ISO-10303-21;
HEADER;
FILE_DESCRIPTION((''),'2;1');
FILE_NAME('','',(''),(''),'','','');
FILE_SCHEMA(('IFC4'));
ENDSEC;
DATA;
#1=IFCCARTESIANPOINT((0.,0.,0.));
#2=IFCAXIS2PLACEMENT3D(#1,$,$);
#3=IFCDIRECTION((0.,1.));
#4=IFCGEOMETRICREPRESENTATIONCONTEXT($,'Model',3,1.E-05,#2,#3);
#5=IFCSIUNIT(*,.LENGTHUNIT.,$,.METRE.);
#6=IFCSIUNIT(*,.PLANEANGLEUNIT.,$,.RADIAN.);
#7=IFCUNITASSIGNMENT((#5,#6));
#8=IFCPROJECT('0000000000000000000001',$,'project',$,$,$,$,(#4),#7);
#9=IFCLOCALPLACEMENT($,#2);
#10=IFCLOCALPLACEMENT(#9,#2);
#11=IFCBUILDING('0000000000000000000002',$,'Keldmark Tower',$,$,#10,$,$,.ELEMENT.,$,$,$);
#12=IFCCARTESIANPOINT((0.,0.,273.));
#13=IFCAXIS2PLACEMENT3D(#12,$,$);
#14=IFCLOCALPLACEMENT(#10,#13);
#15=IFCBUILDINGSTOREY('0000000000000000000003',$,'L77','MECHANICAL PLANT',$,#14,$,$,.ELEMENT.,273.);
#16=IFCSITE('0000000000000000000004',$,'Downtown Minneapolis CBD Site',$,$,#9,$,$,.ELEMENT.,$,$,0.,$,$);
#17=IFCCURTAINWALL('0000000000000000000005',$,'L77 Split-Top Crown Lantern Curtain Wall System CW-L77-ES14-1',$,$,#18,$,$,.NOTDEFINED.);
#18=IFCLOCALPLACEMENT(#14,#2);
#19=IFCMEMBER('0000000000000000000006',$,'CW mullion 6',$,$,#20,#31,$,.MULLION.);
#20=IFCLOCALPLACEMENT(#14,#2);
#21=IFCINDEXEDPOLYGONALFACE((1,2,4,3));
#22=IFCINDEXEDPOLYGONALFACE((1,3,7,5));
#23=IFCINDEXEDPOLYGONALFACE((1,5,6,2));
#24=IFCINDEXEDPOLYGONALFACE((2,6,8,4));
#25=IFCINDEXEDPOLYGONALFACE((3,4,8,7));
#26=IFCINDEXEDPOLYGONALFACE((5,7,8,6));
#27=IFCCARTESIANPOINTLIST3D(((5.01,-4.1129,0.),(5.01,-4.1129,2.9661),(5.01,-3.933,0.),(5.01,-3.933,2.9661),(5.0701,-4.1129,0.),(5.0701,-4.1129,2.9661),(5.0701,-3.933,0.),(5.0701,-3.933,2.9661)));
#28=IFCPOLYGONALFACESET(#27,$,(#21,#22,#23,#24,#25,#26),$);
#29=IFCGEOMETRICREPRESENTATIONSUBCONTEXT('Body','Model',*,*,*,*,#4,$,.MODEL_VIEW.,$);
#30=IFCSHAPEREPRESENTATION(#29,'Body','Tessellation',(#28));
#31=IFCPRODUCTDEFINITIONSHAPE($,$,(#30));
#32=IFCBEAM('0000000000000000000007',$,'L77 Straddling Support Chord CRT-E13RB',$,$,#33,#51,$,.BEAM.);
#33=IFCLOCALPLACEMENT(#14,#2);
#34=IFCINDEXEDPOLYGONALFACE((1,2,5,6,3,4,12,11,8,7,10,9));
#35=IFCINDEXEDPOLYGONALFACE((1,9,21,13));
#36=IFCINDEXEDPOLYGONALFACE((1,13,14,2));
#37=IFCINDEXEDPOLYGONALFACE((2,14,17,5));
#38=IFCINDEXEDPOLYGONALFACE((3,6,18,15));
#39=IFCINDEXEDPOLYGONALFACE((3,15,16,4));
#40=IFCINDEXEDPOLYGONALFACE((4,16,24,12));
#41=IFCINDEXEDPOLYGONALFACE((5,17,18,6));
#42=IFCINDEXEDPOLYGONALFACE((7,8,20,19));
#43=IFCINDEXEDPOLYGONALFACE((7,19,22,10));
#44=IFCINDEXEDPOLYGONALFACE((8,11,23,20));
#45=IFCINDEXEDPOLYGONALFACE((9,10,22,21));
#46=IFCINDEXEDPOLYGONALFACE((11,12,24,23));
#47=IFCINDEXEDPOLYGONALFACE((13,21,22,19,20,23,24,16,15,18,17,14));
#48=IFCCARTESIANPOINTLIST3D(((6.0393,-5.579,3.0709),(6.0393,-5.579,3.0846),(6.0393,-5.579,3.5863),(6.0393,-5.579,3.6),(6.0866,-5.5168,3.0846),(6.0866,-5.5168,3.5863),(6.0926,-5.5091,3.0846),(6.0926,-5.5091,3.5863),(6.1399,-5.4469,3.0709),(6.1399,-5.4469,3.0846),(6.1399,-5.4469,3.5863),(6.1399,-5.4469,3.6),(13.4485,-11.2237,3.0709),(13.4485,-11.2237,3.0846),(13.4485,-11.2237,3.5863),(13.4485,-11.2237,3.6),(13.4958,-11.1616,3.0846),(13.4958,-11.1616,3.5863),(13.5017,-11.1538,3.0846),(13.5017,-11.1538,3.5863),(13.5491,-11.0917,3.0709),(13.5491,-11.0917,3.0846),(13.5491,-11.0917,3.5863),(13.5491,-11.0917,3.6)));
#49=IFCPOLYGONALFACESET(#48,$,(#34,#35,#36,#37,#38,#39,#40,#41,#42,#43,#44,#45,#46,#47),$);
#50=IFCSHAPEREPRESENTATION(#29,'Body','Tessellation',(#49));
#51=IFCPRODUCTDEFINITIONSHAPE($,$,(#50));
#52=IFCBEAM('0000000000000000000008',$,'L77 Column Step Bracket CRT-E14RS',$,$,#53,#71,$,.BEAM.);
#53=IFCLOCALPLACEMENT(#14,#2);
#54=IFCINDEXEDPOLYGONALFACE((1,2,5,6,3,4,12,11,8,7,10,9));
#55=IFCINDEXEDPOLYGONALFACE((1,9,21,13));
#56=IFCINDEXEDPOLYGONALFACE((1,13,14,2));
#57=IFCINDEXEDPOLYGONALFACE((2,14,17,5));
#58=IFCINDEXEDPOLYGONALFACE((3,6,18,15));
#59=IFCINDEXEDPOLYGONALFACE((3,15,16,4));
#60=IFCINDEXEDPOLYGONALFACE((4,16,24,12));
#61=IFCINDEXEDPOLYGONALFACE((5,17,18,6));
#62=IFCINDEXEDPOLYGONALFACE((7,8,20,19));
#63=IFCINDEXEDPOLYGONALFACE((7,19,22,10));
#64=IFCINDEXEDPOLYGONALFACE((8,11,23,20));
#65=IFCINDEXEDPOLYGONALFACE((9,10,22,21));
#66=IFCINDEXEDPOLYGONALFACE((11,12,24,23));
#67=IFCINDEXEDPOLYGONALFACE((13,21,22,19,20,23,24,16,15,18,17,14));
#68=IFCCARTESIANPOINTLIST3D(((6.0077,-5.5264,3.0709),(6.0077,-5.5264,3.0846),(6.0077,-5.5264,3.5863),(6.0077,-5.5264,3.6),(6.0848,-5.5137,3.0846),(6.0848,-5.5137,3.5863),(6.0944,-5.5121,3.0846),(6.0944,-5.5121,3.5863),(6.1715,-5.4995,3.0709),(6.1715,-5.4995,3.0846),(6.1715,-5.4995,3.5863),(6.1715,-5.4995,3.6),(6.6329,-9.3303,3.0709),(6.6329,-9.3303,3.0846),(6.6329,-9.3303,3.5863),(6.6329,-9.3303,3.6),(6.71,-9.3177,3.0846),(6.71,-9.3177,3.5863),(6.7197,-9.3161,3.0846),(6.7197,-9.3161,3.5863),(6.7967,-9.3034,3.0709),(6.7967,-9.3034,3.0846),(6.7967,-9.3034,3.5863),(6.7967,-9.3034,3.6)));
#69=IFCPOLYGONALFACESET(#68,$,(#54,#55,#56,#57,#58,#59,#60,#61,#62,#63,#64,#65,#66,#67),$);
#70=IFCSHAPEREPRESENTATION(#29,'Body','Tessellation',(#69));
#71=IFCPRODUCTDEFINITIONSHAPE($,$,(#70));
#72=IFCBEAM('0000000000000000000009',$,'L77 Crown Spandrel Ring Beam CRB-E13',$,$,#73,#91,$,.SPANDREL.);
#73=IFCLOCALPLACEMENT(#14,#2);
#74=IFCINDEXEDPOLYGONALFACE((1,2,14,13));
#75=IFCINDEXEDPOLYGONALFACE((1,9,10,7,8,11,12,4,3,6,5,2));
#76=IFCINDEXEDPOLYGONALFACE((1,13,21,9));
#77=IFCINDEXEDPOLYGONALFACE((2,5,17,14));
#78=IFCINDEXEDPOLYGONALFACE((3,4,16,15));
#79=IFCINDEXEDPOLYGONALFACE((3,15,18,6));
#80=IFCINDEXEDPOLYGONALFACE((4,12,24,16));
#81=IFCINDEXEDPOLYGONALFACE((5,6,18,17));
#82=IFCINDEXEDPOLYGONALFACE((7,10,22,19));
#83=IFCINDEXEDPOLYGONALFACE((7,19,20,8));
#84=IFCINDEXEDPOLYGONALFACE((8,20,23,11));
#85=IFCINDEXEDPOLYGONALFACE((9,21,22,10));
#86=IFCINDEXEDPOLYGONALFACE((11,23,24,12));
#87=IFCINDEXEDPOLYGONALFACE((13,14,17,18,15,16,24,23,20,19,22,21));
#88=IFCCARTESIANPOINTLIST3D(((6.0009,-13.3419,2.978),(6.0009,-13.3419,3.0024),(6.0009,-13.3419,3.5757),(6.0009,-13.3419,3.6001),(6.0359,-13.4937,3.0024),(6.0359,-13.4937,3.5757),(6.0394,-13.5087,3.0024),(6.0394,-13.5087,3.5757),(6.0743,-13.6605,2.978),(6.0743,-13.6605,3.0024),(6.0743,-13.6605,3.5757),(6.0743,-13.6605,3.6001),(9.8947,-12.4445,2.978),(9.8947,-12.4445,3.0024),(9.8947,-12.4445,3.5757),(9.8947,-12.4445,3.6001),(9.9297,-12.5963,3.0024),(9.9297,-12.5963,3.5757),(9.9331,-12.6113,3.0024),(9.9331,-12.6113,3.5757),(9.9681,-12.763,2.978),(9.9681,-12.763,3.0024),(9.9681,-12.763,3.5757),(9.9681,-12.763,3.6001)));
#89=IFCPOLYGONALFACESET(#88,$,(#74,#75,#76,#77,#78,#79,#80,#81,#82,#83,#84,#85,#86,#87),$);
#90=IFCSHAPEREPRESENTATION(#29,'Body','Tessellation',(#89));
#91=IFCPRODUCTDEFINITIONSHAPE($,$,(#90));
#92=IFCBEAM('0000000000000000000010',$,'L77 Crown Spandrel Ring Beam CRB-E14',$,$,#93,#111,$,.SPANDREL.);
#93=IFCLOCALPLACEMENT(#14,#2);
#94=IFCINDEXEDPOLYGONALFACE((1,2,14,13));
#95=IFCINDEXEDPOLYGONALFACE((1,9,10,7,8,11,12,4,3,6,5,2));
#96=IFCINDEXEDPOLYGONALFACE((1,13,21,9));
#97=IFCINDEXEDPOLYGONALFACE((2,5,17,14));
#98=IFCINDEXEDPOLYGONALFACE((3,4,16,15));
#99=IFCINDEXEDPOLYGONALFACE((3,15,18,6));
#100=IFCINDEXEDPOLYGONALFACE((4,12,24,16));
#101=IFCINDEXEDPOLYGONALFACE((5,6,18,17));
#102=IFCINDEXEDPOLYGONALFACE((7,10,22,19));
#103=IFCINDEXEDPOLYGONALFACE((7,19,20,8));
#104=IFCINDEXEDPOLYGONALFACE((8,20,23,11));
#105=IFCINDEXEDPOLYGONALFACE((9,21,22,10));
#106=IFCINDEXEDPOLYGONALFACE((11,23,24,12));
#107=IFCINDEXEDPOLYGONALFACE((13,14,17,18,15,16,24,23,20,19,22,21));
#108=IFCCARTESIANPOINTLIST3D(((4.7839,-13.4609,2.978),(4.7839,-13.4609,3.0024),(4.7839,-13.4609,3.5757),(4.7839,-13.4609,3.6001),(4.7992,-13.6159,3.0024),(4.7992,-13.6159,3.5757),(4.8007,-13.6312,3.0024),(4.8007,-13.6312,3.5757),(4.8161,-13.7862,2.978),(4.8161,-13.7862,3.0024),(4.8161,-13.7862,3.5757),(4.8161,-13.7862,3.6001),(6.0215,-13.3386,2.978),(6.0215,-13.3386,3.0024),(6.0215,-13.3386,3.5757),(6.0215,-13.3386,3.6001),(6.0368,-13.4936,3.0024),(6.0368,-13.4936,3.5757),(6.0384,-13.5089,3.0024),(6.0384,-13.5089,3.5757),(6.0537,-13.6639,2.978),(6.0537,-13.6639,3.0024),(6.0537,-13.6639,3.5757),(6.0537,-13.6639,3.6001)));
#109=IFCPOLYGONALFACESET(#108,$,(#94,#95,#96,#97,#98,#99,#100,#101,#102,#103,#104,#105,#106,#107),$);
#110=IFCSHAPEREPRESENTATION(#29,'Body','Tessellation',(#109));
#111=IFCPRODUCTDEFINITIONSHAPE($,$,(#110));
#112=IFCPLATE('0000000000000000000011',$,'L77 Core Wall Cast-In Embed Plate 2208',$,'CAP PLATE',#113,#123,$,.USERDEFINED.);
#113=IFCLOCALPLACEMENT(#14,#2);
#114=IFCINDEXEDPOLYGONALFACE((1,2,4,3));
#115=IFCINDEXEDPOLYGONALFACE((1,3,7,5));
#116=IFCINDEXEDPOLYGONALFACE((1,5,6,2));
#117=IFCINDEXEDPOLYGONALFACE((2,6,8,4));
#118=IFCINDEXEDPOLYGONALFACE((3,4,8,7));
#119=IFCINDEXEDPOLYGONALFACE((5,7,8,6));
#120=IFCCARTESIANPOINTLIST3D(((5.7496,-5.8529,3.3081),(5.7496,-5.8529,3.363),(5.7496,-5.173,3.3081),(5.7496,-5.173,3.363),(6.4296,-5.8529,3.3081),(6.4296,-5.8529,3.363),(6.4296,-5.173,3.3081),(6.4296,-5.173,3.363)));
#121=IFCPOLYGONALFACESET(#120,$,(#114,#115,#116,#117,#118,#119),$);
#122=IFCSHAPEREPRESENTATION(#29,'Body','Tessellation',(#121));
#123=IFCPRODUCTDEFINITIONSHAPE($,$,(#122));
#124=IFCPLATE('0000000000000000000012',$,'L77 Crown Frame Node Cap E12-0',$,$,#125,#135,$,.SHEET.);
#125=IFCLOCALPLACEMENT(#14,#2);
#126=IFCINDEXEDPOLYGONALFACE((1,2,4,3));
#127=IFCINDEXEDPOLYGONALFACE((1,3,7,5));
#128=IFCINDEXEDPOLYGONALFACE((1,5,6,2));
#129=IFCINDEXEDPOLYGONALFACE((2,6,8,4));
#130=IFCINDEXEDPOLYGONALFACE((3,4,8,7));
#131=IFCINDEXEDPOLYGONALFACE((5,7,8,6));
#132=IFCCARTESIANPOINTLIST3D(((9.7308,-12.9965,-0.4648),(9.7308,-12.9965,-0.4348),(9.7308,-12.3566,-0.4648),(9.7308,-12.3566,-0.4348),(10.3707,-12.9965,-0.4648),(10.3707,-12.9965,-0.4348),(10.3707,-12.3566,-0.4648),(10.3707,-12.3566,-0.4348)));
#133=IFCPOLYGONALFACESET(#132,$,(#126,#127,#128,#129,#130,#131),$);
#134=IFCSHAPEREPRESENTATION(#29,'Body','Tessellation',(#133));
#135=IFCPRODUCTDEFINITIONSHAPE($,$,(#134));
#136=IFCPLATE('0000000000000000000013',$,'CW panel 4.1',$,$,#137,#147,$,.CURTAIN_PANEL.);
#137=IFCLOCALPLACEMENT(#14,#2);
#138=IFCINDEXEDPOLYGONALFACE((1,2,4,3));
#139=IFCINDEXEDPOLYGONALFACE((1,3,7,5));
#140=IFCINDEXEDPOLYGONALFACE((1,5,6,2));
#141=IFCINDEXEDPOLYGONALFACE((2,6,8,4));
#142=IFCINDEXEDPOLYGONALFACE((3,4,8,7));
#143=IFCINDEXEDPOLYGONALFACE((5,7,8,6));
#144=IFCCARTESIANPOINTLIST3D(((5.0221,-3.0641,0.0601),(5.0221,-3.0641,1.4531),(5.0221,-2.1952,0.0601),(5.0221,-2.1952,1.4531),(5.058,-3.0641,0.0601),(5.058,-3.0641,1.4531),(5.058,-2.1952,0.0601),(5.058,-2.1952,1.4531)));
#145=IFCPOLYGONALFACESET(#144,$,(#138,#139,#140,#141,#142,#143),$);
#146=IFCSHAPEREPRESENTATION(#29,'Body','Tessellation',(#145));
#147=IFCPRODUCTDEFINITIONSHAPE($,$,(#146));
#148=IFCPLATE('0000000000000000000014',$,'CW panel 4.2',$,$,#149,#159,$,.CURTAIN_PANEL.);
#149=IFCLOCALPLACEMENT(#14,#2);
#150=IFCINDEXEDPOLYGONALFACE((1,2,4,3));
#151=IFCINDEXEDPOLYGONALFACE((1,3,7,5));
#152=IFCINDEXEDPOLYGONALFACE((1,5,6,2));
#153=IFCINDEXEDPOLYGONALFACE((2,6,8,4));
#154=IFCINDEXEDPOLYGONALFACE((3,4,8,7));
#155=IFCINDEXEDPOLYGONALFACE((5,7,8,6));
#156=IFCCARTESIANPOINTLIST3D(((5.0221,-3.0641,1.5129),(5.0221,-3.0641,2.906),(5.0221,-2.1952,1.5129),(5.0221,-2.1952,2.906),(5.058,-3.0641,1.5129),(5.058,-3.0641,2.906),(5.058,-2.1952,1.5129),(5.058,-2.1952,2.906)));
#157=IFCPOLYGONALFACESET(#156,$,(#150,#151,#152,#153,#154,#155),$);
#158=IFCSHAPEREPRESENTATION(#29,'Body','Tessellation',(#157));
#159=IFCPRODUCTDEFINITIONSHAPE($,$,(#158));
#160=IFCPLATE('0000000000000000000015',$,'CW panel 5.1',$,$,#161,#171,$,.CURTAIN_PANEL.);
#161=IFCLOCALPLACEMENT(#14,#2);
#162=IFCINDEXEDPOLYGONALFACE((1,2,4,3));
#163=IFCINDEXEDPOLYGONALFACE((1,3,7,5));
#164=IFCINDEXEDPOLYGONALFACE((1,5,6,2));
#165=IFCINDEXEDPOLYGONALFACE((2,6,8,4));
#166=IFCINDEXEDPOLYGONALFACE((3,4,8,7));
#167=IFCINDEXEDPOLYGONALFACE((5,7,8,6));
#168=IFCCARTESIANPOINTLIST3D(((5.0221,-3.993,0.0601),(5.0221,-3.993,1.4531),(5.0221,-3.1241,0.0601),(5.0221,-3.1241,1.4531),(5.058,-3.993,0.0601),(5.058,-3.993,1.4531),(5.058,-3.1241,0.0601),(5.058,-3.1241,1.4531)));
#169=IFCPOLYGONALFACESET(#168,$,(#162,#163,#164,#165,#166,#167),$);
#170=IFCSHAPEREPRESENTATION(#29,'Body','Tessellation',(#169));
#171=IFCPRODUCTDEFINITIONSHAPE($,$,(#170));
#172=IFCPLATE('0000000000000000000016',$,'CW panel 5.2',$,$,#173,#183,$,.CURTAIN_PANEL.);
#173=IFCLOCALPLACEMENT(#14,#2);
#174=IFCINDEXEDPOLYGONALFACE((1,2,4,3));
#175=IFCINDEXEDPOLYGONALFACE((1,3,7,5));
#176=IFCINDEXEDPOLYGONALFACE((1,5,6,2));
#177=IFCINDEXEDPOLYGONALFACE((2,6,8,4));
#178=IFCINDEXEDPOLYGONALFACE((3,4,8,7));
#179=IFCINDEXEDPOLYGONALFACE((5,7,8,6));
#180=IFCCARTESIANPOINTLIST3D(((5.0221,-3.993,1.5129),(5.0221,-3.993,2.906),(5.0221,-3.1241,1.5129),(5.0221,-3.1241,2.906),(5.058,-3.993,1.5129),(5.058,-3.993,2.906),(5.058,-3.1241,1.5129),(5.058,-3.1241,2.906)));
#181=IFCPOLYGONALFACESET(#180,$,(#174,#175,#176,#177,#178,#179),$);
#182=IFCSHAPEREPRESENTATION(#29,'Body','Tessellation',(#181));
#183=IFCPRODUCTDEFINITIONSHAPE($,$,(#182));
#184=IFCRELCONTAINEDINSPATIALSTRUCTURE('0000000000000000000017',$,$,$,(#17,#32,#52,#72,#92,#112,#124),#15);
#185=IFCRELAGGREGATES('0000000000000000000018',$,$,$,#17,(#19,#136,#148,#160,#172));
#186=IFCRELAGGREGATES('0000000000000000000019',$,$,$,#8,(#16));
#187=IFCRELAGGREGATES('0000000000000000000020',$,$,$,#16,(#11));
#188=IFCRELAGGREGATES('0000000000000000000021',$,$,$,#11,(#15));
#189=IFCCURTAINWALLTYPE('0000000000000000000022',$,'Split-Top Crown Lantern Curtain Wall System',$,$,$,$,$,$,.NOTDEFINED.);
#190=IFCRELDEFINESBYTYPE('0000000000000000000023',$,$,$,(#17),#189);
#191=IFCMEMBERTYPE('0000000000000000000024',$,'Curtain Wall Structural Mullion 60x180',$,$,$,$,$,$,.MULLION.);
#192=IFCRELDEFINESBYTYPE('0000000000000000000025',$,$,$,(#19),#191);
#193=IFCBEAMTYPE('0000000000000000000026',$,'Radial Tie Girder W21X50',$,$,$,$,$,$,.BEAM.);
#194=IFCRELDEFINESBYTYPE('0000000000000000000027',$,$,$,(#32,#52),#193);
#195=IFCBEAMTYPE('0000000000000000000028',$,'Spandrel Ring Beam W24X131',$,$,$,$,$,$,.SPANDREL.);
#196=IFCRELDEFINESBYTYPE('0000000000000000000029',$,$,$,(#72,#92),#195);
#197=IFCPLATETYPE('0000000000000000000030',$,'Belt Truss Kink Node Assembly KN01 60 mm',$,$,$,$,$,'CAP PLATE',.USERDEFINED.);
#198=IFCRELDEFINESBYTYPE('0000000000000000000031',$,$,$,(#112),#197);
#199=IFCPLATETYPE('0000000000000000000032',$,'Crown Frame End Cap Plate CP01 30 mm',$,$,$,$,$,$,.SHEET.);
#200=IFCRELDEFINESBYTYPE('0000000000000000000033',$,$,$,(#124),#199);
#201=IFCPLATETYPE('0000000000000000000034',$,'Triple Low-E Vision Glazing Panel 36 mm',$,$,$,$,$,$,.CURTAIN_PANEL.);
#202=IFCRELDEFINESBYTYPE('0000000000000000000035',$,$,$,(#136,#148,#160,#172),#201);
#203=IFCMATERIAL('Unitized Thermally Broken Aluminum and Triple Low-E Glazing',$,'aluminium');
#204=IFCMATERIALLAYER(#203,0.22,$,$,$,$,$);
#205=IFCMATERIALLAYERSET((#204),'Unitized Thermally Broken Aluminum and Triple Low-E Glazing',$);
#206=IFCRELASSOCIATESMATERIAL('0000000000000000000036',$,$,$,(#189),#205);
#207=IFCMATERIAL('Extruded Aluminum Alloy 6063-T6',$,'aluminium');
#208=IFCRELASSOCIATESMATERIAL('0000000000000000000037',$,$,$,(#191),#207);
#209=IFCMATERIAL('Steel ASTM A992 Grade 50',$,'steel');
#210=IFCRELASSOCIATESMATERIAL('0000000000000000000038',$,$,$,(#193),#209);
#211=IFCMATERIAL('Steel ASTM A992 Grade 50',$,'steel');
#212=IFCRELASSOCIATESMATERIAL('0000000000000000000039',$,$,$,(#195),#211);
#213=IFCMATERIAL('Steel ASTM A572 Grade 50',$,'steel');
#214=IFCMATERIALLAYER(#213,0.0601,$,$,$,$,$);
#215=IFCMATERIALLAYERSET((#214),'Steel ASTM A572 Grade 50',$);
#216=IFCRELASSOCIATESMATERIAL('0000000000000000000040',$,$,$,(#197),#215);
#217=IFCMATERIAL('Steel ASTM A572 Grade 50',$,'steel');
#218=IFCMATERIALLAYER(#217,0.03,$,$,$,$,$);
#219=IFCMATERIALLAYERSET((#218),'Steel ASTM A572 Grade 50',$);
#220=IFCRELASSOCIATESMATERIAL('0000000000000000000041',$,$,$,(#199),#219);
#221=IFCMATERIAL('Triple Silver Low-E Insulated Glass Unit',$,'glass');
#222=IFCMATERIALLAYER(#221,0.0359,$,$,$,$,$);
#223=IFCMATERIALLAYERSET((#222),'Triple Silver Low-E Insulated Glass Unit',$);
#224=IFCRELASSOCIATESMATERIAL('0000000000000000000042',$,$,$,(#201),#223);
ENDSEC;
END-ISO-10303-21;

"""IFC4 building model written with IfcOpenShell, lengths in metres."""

from ifc_helpers import new_model, si_unit, direction, frame, origin, origin_2d, place, context, subcontext, project, spatial, rectangle, i_section, extrude, material, layer, layer_set, material_profile, profile_set, type_object, element, aggregate, save


model = new_model("IFC4")

# Units and contexts
model_context = context("Model", 3, precision=1e-05, world=origin(), true_north=direction((0.0, 1.0)))
body_context = subcontext(model_context, "Body", "Model", "MODEL_VIEW")
ifc_project = project(units=[si_unit("LENGTHUNIT", "METRE"), si_unit("PLANEANGLEUNIT", "RADIAN")], contexts=[model_context])

# Site, building, storey
site_placement = place(None, origin())
site = spatial("IfcSite", under=ifc_project, at=site_placement, Name="Downtown Minneapolis CBD Site", CompositionType="ELEMENT", RefElevation=0.0)
building_placement = place(site_placement, origin())
building = spatial("IfcBuilding", under=site, at=building_placement, Name="Keldmark Tower", CompositionType="ELEMENT")
storey_placement = place(building_placement, frame((0.0, 0.0, 273.0)))
storey = spatial("IfcBuildingStorey", under=building, at=storey_placement, Name="L77", Description="MECHANICAL PLANT", CompositionType="ELEMENT", Elevation=273.0)

# Curtain wall, member
ifc_material_1 = material(Name="Unitized Thermally Broken Aluminum and Triple Low-E Glazing", Category="aluminium")
ifc_layer_1 = layer(ifc_material_1, 0.22)
ifc_layer_set_1 = layer_set([ifc_layer_1], Name="Unitized Thermally Broken Aluminum and Triple Low-E Glazing")
curtain_wall_type = type_object("IfcCurtainWallType", Name="Split-Top Crown Lantern Curtain Wall System", PredefinedType="NOTDEFINED", material=ifc_layer_set_1)
curtain_wall_placement = place(storey_placement, origin())
curtain_wall = element("IfcCurtainWall", 1, at=curtain_wall_placement, inside=storey, type_object=curtain_wall_type, Name="L77 Split-Top Crown Lantern Curtain Wall System CW-L77-ES14-1", PredefinedType="NOTDEFINED")
ifc_material_2 = material(Name="Extruded Aluminum Alloy 6063-T6", Category="aluminium")
ifc_material_profile_1 = material_profile(ifc_material_2, rectangle(XDim=0.0601, YDim=0.1799, at=origin_2d()), Name="CWM60X180")
ifc_profile_set_1 = profile_set([ifc_material_profile_1], Name="Extruded Aluminum Alloy 6063-T6")
member_type_1 = type_object("IfcMemberType", Name="Curtain Wall Structural Mullion 60x180", PredefinedType="MULLION", material=ifc_profile_set_1)
member_1_placement = place(storey_placement, frame((5.04, -4.0229, 0.0), z_axis=(0.0, 0.0, 1.0), x_axis=(1.0, 0.0, 0.0)))
member_1 = element("IfcMember", 2, at=member_1_placement, type_object=member_type_1, Name="CW mullion 6", PredefinedType="MULLION", context=body_context, shape_type="SweptSolid", body=[
    extrude(rectangle(XDim=0.0601, YDim=0.1799, at=origin_2d()), origin(), (0.0, 0.0, 1.0), 2.9661),
])

# Beams
ifc_material_3 = material(Name="Steel ASTM A992 Grade 50", Category="steel")
ifc_material_profile_2 = material_profile(ifc_material_3, i_section(OverallWidth=0.166, OverallDepth=0.5291, WebThickness=0.0098, FlangeThickness=0.0137, at=origin_2d()), Name="W21X50")
ifc_profile_set_2 = profile_set([ifc_material_profile_2], Name="Steel ASTM A992 Grade 50")
beam_type_1 = type_object("IfcBeamType", Name="Radial Tie Girder W21X50", PredefinedType="BEAM", material=ifc_profile_set_2)
beam_1_placement = place(storey_placement, frame((6.0896, -5.5129, 3.3354), z_axis=(0.795448, -0.606022, 0.0), x_axis=(0.606022, 0.795448, 0.0)))
element("IfcBeam", 3, at=beam_1_placement, inside=storey, type_object=beam_type_1, Name="L77 Straddling Support Chord CRT-E13RB", PredefinedType="BEAM", context=body_context, shape_type="SweptSolid", body=[
    extrude(i_section(OverallWidth=0.166, OverallDepth=0.5291, WebThickness=0.0098, FlangeThickness=0.0137, at=origin_2d()), origin(), (0.0, 0.0, 1.0), 9.3145),
])
beam_2_placement = place(storey_placement, frame((6.0896, -5.5129, 3.3354), z_axis=(0.162191, -0.986759, 0.0), x_axis=(0.986759, 0.162191, 0.0)))
element("IfcBeam", 4, at=beam_2_placement, inside=storey, type_object=beam_type_1, Name="L77 Column Step Bracket CRT-E14RS", PredefinedType="BEAM", context=body_context, shape_type="SweptSolid", body=[
    extrude(i_section(OverallWidth=0.166, OverallDepth=0.5291, WebThickness=0.0098, FlangeThickness=0.0137, at=origin_2d()), origin(), (0.0, 0.0, 1.0), 3.855),
])
ifc_material_4 = material(Name="Steel ASTM A992 Grade 50", Category="steel")
ifc_material_profile_3 = material_profile(ifc_material_4, i_section(OverallWidth=0.3269, OverallDepth=0.6221, WebThickness=0.0154, FlangeThickness=0.0244, at=origin_2d()), Name="W24X131")
ifc_profile_set_3 = profile_set([ifc_material_profile_3], Name="Steel ASTM A992 Grade 50")
beam_type_2 = type_object("IfcBeamType", Name="Spandrel Ring Beam W24X131", PredefinedType="SPANDREL", material=ifc_profile_set_3)
beam_3_placement = place(storey_placement, frame((9.9314, -12.6038, 3.2891), z_axis=(-0.974452, -0.224596, 0.0), x_axis=(0.224596, -0.974452, 0.0)))
element("IfcBeam", 5, at=beam_3_placement, inside=storey, type_object=beam_type_2, Name="L77 Crown Spandrel Ring Beam CRB-E13", PredefinedType="SPANDREL", context=body_context, shape_type="SweptSolid", body=[
    extrude(i_section(OverallWidth=0.3269, OverallDepth=0.6221, WebThickness=0.0154, FlangeThickness=0.0244, at=origin_2d()), origin(), (0.0, 0.0, 1.0), 3.9958),
])
beam_4_placement = place(storey_placement, frame((6.0376, -13.5012, 3.2891), z_axis=(-0.995151, -0.098357, 0.0), x_axis=(0.098357, -0.995151, 0.0)))
element("IfcBeam", 6, at=beam_4_placement, inside=storey, type_object=beam_type_2, Name="L77 Crown Spandrel Ring Beam CRB-E14", PredefinedType="SPANDREL", context=body_context, shape_type="SweptSolid", body=[
    extrude(i_section(OverallWidth=0.3269, OverallDepth=0.6221, WebThickness=0.0154, FlangeThickness=0.0244, at=origin_2d()), origin(), (0.0, 0.0, 1.0), 1.2437),
])

# Plates
ifc_material_5 = material(Name="Steel ASTM A572 Grade 50", Category="steel")
ifc_layer_2 = layer(ifc_material_5, 0.0601)
ifc_layer_set_2 = layer_set([ifc_layer_2], Name="Steel ASTM A572 Grade 50")
plate_type_1 = type_object("IfcPlateType", Name="Belt Truss Kink Node Assembly KN01 60 mm", ElementType="CAP PLATE", PredefinedType="USERDEFINED", material=ifc_layer_set_2)
plate_1_placement = place(storey_placement, frame((6.0896, -5.5129, 3.3081), z_axis=(0.0, 0.0, 1.0), x_axis=(1.0, 0.0, 0.0)))
element("IfcPlate", 7, at=plate_1_placement, inside=storey, type_object=plate_type_1, Name="L77 Core Wall Cast-In Embed Plate 2208", ObjectType="CAP PLATE", PredefinedType="USERDEFINED", context=body_context, shape_type="SweptSolid", body=[
    extrude(rectangle(XDim=0.6799, YDim=0.6799, at=origin_2d()), origin(), (0.0, 0.0, 1.0), 0.0549),
])
ifc_material_6 = material(Name="Steel ASTM A572 Grade 50", Category="steel")
ifc_layer_3 = layer(ifc_material_6, 0.03)
ifc_layer_set_3 = layer_set([ifc_layer_3], Name="Steel ASTM A572 Grade 50")
plate_type_2 = type_object("IfcPlateType", Name="Crown Frame End Cap Plate CP01 30 mm", PredefinedType="SHEET", material=ifc_layer_set_3)
plate_2_placement = place(storey_placement, frame((10.0508, -12.6765, -0.4648), z_axis=(0.0, 0.0, 1.0), x_axis=(1.0, 0.0, 0.0)))
element("IfcPlate", 8, at=plate_2_placement, inside=storey, type_object=plate_type_2, Name="L77 Crown Frame Node Cap E12-0", PredefinedType="SHEET", context=body_context, shape_type="SweptSolid", body=[
    extrude(rectangle(XDim=0.6399, YDim=0.6399, at=origin_2d()), origin(), (0.0, 0.0, 1.0), 0.03),
])

# Plates
ifc_material_7 = material(Name="Triple Silver Low-E Insulated Glass Unit", Category="glass")
ifc_layer_4 = layer(ifc_material_7, 0.0359)
ifc_layer_set_4 = layer_set([ifc_layer_4], Name="Triple Silver Low-E Insulated Glass Unit")
plate_type_3 = type_object("IfcPlateType", Name="Triple Low-E Vision Glazing Panel 36 mm", PredefinedType="CURTAIN_PANEL", material=ifc_layer_set_4)
plate_3_placement = place(storey_placement, frame((5.04, -2.6296, 0.0601), z_axis=(0.0, 0.0, 1.0), x_axis=(0.0, -1.0, 0.0)))
plate_3 = element("IfcPlate", 9, at=plate_3_placement, type_object=plate_type_3, Name="CW panel 4.1", PredefinedType="CURTAIN_PANEL", context=body_context, shape_type="SweptSolid", body=[
    extrude(rectangle(XDim=0.8689, YDim=0.0359, at=origin_2d()), origin(), (0.0, 0.0, 1.0), 1.3931),
])
plate_4_placement = place(storey_placement, frame((5.04, -2.6296, 1.5129), z_axis=(0.0, 0.0, 1.0), x_axis=(0.0, -1.0, 0.0)))
plate_4 = element("IfcPlate", 10, at=plate_4_placement, type_object=plate_type_3, Name="CW panel 4.2", PredefinedType="CURTAIN_PANEL", context=body_context, shape_type="SweptSolid", body=[
    extrude(rectangle(XDim=0.8689, YDim=0.0359, at=origin_2d()), origin(), (0.0, 0.0, 1.0), 1.3931),
])
plate_5_placement = place(storey_placement, frame((5.04, -3.5586, 0.0601), z_axis=(0.0, 0.0, 1.0), x_axis=(0.0, -1.0, 0.0)))
plate_5 = element("IfcPlate", 11, at=plate_5_placement, type_object=plate_type_3, Name="CW panel 5.1", PredefinedType="CURTAIN_PANEL", context=body_context, shape_type="SweptSolid", body=[
    extrude(rectangle(XDim=0.8689, YDim=0.0359, at=origin_2d()), origin(), (0.0, 0.0, 1.0), 1.3931),
])
plate_6_placement = place(storey_placement, frame((5.04, -3.5586, 1.5129), z_axis=(0.0, 0.0, 1.0), x_axis=(0.0, -1.0, 0.0)))
plate_6 = element("IfcPlate", 12, at=plate_6_placement, type_object=plate_type_3, Name="CW panel 5.2", PredefinedType="CURTAIN_PANEL", context=body_context, shape_type="SweptSolid", body=[
    extrude(rectangle(XDim=0.8689, YDim=0.0359, at=origin_2d()), origin(), (0.0, 0.0, 1.0), 1.3931),
])
aggregate(curtain_wall, [member_1, plate_3, plate_4, plate_5, plate_6])

save(model, "model.ifc")
